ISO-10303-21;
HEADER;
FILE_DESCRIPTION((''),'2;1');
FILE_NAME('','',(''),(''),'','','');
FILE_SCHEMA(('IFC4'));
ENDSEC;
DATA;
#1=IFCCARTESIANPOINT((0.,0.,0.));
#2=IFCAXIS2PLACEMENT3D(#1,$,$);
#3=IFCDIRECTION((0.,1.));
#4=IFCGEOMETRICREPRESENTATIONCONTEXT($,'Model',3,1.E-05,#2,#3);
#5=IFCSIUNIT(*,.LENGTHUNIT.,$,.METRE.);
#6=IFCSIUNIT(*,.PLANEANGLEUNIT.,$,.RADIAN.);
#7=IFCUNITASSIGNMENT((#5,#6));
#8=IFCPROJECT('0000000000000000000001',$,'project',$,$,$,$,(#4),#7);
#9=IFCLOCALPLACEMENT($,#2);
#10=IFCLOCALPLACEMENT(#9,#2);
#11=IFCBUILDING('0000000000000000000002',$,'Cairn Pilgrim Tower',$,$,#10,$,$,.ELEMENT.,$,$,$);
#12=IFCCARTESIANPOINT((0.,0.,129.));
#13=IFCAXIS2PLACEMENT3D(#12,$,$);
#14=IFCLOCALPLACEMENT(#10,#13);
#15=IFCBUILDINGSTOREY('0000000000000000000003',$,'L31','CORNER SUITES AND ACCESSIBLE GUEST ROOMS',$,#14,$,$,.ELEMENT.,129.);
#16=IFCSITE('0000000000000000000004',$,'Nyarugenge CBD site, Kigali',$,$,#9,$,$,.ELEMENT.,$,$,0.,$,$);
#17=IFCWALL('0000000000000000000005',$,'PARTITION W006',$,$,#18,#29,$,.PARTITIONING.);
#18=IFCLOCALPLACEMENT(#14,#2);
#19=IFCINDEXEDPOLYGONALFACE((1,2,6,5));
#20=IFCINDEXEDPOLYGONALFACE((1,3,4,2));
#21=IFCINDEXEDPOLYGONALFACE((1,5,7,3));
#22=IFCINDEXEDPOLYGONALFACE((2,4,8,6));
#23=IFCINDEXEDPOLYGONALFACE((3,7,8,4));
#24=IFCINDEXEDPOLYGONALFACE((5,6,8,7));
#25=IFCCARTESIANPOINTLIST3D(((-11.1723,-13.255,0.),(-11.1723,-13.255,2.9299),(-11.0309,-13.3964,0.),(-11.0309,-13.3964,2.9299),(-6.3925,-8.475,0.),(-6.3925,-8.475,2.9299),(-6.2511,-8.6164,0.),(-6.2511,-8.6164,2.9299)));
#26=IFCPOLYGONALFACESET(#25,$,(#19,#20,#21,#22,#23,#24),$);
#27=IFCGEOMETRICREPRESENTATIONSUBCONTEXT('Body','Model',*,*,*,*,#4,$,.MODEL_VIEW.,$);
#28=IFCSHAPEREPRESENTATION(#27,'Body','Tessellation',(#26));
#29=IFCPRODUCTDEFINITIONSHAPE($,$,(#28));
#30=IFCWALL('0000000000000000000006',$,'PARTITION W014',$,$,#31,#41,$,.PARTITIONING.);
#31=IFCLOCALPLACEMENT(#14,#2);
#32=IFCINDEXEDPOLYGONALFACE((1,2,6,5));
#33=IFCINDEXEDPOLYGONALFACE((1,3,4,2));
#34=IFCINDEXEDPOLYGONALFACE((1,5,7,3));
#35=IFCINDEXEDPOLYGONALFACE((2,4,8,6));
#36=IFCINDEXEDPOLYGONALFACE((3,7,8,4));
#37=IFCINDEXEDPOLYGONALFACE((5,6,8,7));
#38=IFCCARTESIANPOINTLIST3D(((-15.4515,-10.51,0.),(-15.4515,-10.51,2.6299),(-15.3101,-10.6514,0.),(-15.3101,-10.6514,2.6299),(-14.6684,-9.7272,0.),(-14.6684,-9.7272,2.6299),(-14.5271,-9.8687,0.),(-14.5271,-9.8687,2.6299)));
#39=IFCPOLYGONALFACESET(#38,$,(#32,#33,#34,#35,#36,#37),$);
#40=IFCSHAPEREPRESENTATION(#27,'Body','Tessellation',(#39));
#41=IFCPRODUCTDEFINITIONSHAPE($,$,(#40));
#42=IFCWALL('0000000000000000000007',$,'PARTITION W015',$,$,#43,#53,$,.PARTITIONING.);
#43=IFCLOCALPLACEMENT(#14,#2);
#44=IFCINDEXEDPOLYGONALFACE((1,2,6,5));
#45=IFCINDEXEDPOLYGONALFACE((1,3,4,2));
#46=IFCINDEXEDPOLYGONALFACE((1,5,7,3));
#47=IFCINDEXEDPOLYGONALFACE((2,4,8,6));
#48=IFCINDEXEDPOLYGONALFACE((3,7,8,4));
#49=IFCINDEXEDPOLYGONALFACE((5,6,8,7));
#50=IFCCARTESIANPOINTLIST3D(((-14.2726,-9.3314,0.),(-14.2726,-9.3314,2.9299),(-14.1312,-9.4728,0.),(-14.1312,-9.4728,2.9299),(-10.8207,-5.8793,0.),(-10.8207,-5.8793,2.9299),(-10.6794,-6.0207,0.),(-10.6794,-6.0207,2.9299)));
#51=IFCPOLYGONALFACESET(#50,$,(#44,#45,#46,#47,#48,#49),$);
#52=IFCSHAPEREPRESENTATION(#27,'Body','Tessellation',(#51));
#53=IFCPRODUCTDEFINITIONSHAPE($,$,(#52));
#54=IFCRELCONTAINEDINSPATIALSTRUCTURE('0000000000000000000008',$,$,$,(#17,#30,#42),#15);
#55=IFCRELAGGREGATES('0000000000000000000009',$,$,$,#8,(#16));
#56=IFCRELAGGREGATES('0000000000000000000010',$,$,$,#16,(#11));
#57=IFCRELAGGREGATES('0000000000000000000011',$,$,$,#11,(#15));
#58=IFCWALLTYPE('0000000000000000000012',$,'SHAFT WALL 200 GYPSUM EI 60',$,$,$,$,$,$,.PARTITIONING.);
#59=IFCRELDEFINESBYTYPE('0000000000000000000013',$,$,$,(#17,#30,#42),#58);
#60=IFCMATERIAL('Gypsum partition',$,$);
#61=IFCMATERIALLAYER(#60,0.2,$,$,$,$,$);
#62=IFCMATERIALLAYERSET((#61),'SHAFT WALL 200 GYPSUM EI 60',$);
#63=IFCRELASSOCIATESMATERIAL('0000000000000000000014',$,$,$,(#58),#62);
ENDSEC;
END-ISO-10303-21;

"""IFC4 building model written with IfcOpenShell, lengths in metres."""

from ifc_helpers import new_model, si_unit, direction, frame, frame_2d, origin, place, context, subcontext, project, spatial, rectangle, extrude, material, layer, layer_set, type_object, element, save


model = new_model("IFC4")

# Units and contexts
model_context = context("Model", 3, precision=1e-05, world=origin(), true_north=direction((0.0, 1.0)))
body_context = subcontext(model_context, "Body", "Model", "MODEL_VIEW")
ifc_project = project(units=[si_unit("LENGTHUNIT", "METRE"), si_unit("PLANEANGLEUNIT", "RADIAN")], contexts=[model_context])

# Site, building, storey
site_placement = place(None, origin())
site = spatial("IfcSite", under=ifc_project, at=site_placement, Name="Nyarugenge CBD site, Kigali", CompositionType="ELEMENT", RefElevation=0.0)
building_placement = place(site_placement, origin())
building = spatial("IfcBuilding", under=site, at=building_placement, Name="Cairn Pilgrim Tower", CompositionType="ELEMENT")
storey_placement = place(building_placement, frame((0.0, 0.0, 129.0)))
storey = spatial("IfcBuildingStorey", under=building, at=storey_placement, Name="L31", Description="CORNER SUITES AND ACCESSIBLE GUEST ROOMS", CompositionType="ELEMENT", Elevation=129.0)

# Walls
ifc_material_1 = material(Name="Gypsum partition")
ifc_layer_1 = layer(ifc_material_1, 0.2)
ifc_layer_set_1 = layer_set([ifc_layer_1], Name="SHAFT WALL 200 GYPSUM EI 60")
wall_type_1 = type_object("IfcWallType", Name="SHAFT WALL 200 GYPSUM EI 60", PredefinedType="PARTITIONING", material=ifc_layer_set_1)
wall_1_placement = place(storey_placement, frame((-11.1016, -13.3257, 0.0), z_axis=(0.0, 0.0, 1.0), x_axis=(0.707089, 0.707125, 0.0)))
element("IfcWall", 1, at=wall_1_placement, inside=storey, type_object=wall_type_1, Name="PARTITION W006", PredefinedType="PARTITIONING", context=body_context, shape_type="SweptSolid", body=[
    extrude(rectangle(XDim=6.7598, YDim=0.2, at=frame_2d((3.3799, 0.0))), origin(), (0.0, 0.0, 1.0), 2.9299),
])
wall_2_placement = place(storey_placement, frame((-15.3809, -10.5808, 0.0), z_axis=(0.0, 0.0, 1.0), x_axis=(0.707217, 0.706997, 0.0)))
element("IfcWall", 2, at=wall_2_placement, inside=storey, type_object=wall_type_1, Name="PARTITION W014", PredefinedType="PARTITIONING", context=body_context, shape_type="SweptSolid", body=[
    extrude(rectangle(XDim=1.1072, YDim=0.2, at=frame_2d((0.5537, 0.0))), origin(), (0.0, 0.0, 1.0), 2.6299),
])
wall_3_placement = place(storey_placement, frame((-14.2019, -9.4021, 0.0), z_axis=(0.0, 0.0, 1.0), x_axis=(0.707082, 0.707132, 0.0)))
element("IfcWall", 3, at=wall_3_placement, inside=storey, type_object=wall_type_1, Name="PARTITION W015", PredefinedType="PARTITIONING", context=body_context, shape_type="SweptSolid", body=[
    extrude(rectangle(XDim=4.8818, YDim=0.2, at=frame_2d((2.4409, 0.0))), origin(), (0.0, 0.0, 1.0), 2.9299),
])

save(model, "model.ifc")
